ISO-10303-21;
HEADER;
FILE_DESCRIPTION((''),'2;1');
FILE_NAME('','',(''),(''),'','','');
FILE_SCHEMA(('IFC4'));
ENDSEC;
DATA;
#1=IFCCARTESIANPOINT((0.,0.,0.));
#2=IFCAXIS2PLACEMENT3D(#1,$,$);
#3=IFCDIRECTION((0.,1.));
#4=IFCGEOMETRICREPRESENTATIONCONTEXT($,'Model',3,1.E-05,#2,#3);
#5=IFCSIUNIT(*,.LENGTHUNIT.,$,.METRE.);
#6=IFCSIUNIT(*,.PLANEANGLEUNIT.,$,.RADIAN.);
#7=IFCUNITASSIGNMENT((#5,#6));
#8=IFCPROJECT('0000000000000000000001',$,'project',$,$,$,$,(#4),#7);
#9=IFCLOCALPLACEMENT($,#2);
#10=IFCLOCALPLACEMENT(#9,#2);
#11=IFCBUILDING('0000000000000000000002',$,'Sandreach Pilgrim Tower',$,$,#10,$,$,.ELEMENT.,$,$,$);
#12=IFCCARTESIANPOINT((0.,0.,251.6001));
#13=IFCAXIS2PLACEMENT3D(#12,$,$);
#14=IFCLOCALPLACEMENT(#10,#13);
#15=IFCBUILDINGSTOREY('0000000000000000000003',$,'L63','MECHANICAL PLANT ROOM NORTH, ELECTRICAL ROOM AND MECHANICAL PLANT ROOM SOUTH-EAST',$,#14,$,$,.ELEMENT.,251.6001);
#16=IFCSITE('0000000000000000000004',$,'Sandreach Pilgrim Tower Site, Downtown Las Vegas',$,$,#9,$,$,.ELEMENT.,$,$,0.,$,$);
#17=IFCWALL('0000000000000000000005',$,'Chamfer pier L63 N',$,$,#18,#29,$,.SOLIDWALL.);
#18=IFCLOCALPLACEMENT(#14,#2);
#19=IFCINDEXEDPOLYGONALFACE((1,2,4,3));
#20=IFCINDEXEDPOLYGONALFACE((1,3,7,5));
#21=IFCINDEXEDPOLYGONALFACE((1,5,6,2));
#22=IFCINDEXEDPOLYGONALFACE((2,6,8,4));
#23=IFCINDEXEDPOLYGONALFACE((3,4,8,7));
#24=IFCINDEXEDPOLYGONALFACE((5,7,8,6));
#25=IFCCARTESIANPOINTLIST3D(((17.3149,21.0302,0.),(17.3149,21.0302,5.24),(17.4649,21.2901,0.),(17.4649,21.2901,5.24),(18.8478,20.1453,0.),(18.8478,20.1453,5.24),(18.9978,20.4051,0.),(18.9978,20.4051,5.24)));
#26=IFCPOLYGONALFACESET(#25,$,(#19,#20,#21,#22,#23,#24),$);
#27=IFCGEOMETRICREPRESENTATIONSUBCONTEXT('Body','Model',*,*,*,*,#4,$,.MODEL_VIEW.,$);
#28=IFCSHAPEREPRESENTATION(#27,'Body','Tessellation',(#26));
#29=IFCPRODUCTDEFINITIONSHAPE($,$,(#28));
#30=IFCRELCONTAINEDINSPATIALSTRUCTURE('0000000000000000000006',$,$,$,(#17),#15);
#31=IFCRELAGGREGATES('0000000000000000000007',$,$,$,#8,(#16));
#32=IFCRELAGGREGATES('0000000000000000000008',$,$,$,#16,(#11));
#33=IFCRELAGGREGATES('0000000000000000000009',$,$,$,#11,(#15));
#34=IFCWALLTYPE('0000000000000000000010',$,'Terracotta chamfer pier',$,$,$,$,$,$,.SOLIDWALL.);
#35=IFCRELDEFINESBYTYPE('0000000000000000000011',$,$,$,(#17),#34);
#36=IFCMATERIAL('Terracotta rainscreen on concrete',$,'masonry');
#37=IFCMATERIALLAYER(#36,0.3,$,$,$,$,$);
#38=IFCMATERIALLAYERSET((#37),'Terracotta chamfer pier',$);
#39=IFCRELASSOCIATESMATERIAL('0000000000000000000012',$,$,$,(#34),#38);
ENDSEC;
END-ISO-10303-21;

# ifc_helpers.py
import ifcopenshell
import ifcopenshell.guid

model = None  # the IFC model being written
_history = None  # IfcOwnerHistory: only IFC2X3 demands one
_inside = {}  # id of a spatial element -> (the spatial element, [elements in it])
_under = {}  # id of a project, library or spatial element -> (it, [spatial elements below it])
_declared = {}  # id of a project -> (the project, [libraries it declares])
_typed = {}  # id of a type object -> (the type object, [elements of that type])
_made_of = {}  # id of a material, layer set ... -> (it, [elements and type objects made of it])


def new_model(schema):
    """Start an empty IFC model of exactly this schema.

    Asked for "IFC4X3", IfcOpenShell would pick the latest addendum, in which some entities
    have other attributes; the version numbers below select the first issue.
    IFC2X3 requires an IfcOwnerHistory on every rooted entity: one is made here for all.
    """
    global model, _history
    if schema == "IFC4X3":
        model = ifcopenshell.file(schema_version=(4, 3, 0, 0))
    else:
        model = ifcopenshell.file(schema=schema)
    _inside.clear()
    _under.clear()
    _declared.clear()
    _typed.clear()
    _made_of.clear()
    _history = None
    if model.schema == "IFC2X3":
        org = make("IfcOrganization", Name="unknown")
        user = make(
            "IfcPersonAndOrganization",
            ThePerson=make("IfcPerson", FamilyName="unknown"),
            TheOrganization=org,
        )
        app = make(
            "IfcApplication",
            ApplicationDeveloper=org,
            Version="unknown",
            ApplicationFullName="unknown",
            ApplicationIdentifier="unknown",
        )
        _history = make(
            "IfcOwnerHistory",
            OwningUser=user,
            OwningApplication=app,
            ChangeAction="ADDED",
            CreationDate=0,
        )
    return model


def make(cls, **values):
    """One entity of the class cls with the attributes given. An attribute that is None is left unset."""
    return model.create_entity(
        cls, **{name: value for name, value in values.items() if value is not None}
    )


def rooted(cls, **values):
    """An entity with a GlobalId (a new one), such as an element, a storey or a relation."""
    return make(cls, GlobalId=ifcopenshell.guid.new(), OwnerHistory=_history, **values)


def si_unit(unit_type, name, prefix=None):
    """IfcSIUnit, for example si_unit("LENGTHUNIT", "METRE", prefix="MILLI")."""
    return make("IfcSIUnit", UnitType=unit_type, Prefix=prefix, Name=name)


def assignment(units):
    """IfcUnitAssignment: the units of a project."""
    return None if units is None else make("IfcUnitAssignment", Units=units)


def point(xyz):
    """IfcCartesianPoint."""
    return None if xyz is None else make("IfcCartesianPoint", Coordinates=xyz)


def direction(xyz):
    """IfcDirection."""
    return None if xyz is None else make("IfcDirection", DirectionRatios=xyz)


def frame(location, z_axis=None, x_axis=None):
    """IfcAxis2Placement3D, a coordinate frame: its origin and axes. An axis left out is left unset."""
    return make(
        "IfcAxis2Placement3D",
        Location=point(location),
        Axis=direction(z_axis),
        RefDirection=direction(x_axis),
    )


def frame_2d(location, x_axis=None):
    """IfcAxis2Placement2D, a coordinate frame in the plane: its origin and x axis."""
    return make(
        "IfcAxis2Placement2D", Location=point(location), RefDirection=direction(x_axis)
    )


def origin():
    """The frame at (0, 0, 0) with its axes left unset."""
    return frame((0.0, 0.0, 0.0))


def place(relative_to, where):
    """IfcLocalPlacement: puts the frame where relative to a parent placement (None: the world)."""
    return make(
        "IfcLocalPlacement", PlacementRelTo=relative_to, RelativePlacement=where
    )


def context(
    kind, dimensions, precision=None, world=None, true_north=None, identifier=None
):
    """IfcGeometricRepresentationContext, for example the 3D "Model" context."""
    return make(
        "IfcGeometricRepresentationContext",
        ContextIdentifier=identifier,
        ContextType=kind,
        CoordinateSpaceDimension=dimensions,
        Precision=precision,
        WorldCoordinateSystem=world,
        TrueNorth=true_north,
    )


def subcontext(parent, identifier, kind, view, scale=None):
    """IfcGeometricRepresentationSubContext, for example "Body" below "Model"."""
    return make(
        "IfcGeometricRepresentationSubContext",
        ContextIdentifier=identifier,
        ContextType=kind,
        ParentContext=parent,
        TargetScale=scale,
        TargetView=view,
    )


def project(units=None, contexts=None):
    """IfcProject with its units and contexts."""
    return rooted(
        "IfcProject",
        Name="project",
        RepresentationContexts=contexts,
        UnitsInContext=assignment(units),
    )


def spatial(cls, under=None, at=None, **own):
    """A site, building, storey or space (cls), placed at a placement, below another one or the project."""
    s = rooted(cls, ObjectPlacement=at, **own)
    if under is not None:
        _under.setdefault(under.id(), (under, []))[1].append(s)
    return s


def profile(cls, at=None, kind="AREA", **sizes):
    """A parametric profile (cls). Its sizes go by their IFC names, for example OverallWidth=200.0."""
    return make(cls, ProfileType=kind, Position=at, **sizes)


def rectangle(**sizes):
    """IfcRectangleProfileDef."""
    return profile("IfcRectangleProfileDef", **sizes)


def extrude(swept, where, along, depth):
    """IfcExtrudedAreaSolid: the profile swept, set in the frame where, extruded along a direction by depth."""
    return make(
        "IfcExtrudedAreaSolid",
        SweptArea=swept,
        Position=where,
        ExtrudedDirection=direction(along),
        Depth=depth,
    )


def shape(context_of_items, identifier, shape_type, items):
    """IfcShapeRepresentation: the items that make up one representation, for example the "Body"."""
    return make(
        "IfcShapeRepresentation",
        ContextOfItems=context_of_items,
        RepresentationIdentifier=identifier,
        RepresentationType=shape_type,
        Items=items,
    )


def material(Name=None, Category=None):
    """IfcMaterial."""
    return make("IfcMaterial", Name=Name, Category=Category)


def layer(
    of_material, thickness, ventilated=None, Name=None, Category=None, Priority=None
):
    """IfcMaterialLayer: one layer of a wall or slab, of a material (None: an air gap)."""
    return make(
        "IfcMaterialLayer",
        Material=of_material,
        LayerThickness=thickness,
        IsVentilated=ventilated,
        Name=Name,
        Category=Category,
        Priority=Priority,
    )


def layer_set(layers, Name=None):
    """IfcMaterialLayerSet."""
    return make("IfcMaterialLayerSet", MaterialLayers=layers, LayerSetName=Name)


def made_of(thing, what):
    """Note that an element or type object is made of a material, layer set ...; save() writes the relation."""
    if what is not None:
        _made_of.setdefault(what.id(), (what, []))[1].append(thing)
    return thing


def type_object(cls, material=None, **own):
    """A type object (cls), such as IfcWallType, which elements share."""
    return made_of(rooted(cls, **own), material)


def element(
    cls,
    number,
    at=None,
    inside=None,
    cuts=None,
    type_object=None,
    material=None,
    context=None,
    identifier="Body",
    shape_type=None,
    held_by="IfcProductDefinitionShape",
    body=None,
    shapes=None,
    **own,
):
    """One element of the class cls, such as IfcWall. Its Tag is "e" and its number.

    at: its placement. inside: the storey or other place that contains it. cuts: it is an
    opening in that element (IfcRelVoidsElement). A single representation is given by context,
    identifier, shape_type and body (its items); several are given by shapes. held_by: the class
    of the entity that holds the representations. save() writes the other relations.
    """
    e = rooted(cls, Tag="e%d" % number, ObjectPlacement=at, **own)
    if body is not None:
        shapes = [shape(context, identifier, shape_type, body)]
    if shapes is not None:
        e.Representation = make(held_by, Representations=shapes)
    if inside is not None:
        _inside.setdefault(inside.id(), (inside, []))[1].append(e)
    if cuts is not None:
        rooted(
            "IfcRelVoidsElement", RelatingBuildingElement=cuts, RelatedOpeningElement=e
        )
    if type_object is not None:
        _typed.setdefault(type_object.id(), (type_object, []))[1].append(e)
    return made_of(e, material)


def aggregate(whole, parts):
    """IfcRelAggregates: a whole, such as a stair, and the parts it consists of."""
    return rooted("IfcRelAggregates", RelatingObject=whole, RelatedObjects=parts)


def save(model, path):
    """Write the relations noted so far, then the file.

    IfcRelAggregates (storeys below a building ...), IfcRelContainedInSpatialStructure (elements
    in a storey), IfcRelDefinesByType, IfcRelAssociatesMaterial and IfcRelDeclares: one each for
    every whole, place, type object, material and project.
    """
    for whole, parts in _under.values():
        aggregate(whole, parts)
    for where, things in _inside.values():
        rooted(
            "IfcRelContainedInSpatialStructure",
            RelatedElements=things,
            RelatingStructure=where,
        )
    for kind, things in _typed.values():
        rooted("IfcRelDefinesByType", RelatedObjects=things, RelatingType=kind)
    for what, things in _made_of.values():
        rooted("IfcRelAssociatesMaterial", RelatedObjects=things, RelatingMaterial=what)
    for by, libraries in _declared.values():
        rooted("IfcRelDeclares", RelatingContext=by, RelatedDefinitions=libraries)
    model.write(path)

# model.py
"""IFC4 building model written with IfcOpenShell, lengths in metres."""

from ifc_helpers import new_model, si_unit, direction, frame, frame_2d, origin, place, context, subcontext, project, spatial, rectangle, extrude, material, layer, layer_set, type_object, element, save


model = new_model("IFC4")

# Units and contexts
model_context = context("Model", 3, precision=1e-05, world=origin(), true_north=direction((0.0, 1.0)))
body_context = subcontext(model_context, "Body", "Model", "MODEL_VIEW")
ifc_project = project(units=[si_unit("LENGTHUNIT", "METRE"), si_unit("PLANEANGLEUNIT", "RADIAN")], contexts=[model_context])

# Site, building, storey
site_placement = place(None, origin())
site = spatial("IfcSite", under=ifc_project, at=site_placement, Name="Sandreach Pilgrim Tower Site, Downtown Las Vegas", CompositionType="ELEMENT", RefElevation=0.0)
building_placement = place(site_placement, origin())
building = spatial("IfcBuilding", under=site, at=building_placement, Name="Sandreach Pilgrim Tower", CompositionType="ELEMENT")
storey_placement = place(building_placement, frame((0.0, 0.0, 251.6001)))
storey = spatial("IfcBuildingStorey", under=building, at=storey_placement, Name="L63", Description="MECHANICAL PLANT ROOM NORTH, ELECTRICAL ROOM AND MECHANICAL PLANT ROOM SOUTH-EAST", CompositionType="ELEMENT", Elevation=251.6001)

# Wall
ifc_material_1 = material(Name="Terracotta rainscreen on concrete", Category="masonry")
ifc_layer_1 = layer(ifc_material_1, 0.3)
ifc_layer_set_1 = layer_set([ifc_layer_1], Name="Terracotta chamfer pier")
wall_type_1 = type_object("IfcWallType", Name="Terracotta chamfer pier", PredefinedType="SOLIDWALL", material=ifc_layer_set_1)
wall_1_placement = place(storey_placement, frame((17.3899, 21.1602, 0.0), z_axis=(0.0, 0.0, 1.0), x_axis=(0.866036, -0.499981, 0.0)))
element("IfcWall", 1, at=wall_1_placement, inside=storey, type_object=wall_type_1, Name="Chamfer pier L63 N", PredefinedType="SOLIDWALL", context=body_context, shape_type="SweptSolid", body=[
    extrude(rectangle(XDim=1.77, YDim=0.3, at=frame_2d((0.885, 0.0))), origin(), (0.0, 0.0, 1.0), 5.24),
])

save(model, "model.ifc")
